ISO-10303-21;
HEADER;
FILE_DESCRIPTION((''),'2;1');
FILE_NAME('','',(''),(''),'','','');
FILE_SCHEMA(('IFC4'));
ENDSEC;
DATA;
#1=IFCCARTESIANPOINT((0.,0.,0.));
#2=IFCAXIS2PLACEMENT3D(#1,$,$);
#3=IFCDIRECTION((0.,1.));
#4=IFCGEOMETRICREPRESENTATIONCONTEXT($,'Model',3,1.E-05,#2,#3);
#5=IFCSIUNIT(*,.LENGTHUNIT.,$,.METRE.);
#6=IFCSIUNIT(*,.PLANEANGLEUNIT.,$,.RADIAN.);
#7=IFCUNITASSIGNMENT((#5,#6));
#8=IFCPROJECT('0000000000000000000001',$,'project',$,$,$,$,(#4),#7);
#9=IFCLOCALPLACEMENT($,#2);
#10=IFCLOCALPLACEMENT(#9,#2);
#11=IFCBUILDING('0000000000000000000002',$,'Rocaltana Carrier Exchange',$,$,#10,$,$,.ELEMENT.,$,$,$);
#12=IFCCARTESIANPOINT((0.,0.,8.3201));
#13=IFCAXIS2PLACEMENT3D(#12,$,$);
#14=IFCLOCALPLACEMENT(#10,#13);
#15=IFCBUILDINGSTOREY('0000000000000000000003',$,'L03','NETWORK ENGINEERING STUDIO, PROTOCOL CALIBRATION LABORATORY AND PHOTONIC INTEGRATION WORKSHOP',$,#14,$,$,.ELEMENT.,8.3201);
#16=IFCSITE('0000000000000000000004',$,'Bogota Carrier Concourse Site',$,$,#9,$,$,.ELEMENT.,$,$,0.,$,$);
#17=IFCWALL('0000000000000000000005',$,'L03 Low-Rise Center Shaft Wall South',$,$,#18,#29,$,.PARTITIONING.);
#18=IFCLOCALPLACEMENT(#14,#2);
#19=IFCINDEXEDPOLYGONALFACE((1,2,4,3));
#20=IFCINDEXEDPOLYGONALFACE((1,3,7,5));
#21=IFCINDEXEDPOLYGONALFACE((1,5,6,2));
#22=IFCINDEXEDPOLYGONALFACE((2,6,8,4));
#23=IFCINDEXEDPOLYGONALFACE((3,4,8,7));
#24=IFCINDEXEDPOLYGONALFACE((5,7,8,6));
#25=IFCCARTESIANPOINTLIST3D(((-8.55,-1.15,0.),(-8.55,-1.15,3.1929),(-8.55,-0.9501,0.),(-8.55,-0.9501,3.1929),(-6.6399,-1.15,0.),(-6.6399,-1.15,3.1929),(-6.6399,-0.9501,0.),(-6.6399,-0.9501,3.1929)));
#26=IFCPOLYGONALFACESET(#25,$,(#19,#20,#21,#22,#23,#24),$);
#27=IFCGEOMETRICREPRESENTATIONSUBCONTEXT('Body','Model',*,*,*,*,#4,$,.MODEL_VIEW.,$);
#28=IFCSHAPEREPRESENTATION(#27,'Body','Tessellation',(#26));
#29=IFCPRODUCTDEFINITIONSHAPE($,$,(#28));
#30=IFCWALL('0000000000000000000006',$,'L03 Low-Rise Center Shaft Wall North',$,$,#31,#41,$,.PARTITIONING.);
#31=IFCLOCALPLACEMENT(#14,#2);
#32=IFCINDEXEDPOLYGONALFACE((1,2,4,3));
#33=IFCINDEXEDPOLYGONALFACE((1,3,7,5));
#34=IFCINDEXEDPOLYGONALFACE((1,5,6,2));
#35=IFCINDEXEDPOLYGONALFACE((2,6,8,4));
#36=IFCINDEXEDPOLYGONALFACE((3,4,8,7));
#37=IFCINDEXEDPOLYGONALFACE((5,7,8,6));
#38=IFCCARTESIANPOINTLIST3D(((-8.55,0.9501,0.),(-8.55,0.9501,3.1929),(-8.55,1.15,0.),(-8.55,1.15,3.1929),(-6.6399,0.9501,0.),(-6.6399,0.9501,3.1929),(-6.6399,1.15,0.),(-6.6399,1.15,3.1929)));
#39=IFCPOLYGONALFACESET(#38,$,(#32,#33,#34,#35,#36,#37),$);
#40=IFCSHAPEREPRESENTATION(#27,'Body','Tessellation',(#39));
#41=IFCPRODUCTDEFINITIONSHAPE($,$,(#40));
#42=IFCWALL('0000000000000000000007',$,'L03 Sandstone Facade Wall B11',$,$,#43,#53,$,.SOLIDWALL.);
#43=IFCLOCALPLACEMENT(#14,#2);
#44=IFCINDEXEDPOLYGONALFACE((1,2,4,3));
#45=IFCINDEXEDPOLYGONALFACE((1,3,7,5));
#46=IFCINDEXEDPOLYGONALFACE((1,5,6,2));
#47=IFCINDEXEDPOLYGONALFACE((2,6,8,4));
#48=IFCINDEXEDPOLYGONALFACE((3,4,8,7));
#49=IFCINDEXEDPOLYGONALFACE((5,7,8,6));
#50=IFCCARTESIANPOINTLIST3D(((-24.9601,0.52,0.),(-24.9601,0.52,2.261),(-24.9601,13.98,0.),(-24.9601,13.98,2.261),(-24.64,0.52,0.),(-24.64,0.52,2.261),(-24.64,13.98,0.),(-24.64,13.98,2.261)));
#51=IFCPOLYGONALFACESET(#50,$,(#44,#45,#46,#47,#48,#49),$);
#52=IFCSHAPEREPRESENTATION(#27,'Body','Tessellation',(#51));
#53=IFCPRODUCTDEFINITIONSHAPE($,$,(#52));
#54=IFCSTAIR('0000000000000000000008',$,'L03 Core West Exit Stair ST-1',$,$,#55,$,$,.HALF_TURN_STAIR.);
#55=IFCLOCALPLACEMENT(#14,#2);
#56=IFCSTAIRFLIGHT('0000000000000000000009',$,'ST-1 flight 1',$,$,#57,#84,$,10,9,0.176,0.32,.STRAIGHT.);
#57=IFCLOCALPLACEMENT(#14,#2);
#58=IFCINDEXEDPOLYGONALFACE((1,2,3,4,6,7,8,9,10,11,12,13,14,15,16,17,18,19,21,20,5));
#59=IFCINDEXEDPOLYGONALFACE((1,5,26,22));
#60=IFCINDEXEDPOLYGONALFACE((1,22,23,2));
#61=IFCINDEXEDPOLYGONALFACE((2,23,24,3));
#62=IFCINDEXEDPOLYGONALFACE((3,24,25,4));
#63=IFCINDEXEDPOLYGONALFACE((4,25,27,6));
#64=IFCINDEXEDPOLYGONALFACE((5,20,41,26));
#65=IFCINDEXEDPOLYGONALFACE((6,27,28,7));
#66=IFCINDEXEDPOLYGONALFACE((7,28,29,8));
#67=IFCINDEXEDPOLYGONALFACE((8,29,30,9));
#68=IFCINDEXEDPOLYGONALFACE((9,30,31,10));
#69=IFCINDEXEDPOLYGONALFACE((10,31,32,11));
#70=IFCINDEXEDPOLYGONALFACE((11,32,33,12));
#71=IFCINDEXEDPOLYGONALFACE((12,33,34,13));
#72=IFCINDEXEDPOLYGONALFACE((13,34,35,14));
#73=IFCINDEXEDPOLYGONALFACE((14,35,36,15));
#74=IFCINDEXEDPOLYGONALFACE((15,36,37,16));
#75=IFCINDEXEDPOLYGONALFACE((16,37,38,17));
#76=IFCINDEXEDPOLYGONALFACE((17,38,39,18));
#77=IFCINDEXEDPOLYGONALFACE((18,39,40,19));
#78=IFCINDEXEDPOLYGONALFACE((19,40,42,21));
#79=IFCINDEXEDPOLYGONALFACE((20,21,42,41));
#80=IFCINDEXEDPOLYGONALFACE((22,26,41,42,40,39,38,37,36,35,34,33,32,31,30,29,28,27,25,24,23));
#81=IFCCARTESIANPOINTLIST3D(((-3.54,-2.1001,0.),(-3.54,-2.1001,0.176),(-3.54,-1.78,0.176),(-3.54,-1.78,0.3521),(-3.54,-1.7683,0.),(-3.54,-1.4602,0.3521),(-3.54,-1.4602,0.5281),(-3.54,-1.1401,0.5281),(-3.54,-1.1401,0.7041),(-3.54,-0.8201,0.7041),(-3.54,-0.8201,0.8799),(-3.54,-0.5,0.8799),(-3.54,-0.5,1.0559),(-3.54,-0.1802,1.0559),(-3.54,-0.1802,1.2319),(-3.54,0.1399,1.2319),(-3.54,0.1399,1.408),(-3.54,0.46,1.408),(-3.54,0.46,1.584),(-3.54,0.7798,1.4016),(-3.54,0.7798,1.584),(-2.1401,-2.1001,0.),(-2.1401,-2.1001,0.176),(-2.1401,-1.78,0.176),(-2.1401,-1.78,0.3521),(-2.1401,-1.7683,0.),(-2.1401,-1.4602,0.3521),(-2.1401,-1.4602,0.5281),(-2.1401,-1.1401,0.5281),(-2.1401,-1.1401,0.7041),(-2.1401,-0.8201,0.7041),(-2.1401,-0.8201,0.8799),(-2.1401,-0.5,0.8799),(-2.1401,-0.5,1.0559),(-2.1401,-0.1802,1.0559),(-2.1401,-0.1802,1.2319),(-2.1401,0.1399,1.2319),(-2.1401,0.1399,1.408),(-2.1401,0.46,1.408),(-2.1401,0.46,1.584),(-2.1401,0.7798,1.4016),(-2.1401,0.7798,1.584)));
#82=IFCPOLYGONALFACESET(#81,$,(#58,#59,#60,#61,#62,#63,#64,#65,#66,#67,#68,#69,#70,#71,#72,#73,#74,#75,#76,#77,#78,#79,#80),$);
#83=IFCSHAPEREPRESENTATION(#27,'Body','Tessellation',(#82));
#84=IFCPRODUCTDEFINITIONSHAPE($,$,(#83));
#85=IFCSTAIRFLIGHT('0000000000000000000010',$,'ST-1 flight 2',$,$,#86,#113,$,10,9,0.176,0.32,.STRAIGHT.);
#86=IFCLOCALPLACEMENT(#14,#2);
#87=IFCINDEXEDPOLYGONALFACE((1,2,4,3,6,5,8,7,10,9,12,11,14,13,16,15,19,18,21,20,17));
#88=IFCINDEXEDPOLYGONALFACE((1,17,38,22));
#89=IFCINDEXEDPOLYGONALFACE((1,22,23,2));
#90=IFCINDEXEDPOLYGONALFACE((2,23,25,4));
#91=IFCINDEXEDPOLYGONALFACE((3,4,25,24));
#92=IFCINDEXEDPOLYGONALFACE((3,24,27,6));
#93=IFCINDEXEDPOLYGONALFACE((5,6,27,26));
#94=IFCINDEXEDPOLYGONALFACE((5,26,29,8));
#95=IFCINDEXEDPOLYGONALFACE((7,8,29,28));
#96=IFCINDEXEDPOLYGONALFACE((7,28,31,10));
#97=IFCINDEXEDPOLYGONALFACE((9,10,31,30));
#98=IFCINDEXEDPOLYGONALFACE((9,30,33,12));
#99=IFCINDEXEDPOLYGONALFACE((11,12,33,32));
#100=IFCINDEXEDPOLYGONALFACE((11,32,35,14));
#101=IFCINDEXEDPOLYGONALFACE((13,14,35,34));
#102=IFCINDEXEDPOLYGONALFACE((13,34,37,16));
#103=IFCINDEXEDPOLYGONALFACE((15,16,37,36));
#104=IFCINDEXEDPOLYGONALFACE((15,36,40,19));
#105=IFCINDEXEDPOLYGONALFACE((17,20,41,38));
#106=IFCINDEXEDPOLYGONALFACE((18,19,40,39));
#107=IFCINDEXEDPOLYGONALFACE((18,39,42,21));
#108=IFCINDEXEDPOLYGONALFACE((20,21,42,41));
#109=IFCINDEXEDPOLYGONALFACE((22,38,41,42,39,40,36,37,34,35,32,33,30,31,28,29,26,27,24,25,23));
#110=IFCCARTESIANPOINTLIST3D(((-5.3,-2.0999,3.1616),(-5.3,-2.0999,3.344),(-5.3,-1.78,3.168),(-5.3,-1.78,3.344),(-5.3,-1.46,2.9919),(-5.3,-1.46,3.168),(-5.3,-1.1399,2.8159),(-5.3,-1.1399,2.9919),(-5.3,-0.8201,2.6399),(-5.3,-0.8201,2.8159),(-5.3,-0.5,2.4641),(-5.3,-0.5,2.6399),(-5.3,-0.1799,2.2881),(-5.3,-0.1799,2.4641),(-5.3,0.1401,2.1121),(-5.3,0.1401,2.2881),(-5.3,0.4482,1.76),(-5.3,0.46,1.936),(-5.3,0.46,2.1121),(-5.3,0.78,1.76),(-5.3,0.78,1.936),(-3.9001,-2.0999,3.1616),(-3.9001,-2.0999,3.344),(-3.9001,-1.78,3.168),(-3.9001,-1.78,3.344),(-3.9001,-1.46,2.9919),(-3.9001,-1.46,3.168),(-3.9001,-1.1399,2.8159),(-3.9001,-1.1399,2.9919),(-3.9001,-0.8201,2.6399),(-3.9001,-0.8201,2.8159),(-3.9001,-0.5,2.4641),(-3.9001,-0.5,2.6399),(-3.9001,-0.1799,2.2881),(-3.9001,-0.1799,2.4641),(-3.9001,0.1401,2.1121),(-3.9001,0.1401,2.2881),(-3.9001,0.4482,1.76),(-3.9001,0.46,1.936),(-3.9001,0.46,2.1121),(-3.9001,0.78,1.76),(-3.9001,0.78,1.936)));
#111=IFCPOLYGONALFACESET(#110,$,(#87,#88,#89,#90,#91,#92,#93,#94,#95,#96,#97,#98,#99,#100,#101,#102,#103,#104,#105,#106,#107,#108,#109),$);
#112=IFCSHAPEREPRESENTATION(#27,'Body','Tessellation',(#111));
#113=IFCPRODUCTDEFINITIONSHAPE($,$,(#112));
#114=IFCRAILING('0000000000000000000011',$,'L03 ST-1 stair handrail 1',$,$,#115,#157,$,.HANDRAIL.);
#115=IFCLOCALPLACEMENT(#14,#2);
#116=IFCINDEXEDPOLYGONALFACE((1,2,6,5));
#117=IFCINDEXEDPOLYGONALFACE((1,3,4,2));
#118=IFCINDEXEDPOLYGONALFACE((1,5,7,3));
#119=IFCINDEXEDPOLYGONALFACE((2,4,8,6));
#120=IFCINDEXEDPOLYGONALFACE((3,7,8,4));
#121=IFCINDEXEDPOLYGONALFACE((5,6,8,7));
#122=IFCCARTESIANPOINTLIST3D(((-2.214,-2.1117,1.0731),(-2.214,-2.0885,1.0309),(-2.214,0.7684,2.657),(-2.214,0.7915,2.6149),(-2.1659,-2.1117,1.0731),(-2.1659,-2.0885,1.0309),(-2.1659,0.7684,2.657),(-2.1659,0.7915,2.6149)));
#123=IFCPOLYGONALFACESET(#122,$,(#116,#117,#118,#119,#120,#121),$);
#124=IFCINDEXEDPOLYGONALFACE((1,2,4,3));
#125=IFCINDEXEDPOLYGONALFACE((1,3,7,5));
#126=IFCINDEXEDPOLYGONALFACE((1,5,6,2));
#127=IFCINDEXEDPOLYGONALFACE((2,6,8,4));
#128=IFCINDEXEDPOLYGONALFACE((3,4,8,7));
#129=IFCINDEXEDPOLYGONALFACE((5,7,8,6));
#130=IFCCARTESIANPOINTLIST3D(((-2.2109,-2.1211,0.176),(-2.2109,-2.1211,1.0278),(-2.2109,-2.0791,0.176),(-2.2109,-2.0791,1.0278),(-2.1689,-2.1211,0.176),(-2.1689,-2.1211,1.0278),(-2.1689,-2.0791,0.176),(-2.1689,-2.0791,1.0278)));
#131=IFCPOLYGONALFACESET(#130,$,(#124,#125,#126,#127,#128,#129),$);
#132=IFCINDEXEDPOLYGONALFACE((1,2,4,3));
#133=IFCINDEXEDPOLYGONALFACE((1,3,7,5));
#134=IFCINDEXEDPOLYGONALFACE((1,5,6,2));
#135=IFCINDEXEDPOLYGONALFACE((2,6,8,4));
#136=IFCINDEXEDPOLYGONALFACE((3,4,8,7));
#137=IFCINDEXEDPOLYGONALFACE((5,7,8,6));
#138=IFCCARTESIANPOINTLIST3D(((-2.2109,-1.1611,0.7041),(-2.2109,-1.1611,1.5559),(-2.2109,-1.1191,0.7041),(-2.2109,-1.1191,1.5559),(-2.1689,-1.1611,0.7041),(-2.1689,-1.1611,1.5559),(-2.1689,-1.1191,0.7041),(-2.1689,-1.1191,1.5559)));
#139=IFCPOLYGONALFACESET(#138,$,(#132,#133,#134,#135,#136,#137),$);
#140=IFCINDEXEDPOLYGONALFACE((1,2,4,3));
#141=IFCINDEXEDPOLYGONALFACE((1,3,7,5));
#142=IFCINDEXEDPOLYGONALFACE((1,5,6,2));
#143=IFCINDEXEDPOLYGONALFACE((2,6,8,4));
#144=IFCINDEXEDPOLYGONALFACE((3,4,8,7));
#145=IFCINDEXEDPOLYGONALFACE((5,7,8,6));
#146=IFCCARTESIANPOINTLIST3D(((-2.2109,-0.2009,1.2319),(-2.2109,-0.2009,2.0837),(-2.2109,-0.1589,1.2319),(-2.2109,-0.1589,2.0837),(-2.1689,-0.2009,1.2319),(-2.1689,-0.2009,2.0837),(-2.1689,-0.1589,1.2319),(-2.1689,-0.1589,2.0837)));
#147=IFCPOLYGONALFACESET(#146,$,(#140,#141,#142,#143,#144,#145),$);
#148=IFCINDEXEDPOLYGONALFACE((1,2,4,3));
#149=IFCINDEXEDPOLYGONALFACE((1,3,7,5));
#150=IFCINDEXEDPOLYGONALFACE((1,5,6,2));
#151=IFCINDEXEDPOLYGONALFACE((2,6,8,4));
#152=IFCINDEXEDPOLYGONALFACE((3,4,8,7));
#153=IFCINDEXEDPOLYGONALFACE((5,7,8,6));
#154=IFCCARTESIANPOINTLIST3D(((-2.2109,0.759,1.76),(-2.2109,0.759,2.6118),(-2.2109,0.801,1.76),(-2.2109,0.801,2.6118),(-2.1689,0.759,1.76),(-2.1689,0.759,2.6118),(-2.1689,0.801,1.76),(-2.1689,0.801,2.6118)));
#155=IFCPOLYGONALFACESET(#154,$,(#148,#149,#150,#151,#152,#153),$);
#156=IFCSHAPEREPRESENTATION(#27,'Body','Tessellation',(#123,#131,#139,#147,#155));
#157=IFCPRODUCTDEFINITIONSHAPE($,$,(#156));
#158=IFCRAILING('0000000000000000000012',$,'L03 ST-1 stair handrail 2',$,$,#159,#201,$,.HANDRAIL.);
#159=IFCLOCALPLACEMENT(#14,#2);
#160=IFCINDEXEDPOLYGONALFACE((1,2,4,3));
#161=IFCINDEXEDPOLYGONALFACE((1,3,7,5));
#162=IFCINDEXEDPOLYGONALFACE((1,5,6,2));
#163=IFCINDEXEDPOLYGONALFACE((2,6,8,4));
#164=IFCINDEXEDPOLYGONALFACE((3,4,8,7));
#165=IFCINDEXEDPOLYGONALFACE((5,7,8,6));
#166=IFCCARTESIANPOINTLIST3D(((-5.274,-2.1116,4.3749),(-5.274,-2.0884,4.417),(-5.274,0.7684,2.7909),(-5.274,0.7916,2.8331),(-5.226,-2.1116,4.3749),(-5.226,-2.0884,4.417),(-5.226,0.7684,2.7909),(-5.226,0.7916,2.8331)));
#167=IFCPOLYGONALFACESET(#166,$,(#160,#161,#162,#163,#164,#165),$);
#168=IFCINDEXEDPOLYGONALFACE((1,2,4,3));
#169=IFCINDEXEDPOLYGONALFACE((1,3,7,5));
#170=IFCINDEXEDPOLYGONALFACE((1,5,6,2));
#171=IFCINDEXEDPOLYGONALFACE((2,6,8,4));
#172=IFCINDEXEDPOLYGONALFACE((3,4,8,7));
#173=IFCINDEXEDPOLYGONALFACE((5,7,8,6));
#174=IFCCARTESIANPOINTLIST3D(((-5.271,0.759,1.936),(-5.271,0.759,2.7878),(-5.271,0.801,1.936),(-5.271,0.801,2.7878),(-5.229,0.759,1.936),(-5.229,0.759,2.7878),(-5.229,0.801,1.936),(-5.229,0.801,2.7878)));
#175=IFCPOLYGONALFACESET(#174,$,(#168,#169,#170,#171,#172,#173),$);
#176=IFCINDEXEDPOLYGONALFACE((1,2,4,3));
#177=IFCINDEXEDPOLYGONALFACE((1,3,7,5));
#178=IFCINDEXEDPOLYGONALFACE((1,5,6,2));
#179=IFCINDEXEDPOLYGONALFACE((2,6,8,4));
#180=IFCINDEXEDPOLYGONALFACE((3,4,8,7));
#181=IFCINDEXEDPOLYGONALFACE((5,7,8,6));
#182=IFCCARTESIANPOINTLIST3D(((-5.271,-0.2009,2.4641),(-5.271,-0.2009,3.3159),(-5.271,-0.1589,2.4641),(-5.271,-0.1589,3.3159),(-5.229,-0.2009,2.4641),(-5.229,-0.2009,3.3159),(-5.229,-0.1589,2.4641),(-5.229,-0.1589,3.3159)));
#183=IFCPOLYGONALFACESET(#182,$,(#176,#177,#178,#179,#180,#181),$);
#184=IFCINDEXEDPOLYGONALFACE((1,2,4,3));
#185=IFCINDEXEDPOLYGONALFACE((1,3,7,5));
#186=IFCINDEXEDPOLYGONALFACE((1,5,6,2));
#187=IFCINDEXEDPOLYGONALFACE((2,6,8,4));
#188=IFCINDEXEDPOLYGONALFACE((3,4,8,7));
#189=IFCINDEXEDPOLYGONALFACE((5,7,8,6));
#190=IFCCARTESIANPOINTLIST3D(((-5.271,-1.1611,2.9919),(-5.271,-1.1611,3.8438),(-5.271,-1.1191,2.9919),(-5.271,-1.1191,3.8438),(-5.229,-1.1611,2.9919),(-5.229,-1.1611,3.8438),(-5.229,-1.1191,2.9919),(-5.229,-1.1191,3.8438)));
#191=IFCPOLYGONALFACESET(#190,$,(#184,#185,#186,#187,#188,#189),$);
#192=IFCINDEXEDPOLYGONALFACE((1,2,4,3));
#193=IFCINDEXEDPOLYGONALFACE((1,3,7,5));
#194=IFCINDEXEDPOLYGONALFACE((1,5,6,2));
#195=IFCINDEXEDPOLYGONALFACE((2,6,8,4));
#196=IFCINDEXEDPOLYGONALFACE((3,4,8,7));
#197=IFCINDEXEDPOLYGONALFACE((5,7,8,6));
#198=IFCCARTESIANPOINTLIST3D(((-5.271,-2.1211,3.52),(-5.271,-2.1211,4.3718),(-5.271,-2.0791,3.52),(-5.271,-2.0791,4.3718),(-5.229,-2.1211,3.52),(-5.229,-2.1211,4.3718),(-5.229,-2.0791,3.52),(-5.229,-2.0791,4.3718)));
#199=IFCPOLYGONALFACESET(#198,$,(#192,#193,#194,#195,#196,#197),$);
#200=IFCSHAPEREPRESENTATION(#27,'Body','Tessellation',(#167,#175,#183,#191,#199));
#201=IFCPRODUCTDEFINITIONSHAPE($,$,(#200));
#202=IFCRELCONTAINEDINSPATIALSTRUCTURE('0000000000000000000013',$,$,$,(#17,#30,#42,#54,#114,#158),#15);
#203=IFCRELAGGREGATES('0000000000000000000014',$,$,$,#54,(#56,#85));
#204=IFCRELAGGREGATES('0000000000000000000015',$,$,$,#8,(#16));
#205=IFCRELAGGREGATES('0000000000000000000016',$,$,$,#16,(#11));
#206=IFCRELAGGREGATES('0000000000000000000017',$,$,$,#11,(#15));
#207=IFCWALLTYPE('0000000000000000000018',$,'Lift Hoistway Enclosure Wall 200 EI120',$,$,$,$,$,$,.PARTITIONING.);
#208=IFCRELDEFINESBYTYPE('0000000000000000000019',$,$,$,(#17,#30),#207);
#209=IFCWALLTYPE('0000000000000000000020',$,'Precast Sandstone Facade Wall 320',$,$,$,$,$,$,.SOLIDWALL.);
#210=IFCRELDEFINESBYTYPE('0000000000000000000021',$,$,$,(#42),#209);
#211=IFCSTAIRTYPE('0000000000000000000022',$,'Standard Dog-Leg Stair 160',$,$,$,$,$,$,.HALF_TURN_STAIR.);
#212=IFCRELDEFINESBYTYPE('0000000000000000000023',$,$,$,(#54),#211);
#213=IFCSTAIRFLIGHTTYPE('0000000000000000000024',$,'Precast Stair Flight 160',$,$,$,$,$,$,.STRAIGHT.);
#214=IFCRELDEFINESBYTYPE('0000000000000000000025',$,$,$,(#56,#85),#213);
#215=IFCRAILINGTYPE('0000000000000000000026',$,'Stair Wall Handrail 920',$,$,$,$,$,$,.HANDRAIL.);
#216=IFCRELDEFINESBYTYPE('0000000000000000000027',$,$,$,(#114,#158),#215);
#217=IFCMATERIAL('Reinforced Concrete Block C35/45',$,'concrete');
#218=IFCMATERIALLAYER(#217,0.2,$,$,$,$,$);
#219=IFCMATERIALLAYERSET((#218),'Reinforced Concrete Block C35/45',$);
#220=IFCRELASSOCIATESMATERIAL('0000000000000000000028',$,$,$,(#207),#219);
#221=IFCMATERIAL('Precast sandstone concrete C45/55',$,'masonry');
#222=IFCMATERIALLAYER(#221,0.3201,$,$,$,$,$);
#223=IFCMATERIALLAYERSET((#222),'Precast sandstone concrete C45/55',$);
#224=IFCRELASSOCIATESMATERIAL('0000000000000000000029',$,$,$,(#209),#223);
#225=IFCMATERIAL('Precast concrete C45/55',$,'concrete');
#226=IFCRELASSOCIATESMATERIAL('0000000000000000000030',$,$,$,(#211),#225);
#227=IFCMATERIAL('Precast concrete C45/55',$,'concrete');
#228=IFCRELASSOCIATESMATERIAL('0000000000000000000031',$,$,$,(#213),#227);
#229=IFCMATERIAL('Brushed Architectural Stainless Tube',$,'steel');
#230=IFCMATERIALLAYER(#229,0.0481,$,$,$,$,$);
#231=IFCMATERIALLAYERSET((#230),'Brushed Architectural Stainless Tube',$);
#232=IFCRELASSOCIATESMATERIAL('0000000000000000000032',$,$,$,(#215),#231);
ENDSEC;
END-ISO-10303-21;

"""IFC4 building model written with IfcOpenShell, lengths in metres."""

from ifc_helpers import new_model, si_unit, direction, frame, frame_2d, origin, origin_2d, place, context, subcontext, project, spatial, polyline, rectangle, outline, extrude, material, layer, layer_set, type_object, element, aggregate, save


model = new_model("IFC4")

# Units and contexts
model_context = context("Model", 3, precision=1e-05, world=origin(), true_north=direction((0.0, 1.0)))
body_context = subcontext(model_context, "Body", "Model", "MODEL_VIEW")
ifc_project = project(units=[si_unit("LENGTHUNIT", "METRE"), si_unit("PLANEANGLEUNIT", "RADIAN")], contexts=[model_context])

# Site, building, storey
site_placement = place(None, origin())
site = spatial("IfcSite", under=ifc_project, at=site_placement, Name="Bogota Carrier Concourse Site", CompositionType="ELEMENT", RefElevation=0.0)
building_placement = place(site_placement, origin())
building = spatial("IfcBuilding", under=site, at=building_placement, Name="Rocaltana Carrier Exchange", CompositionType="ELEMENT")
storey_placement = place(building_placement, frame((0.0, 0.0, 8.3201)))
storey = spatial("IfcBuildingStorey", under=building, at=storey_placement, Name="L03", Description="NETWORK ENGINEERING STUDIO, PROTOCOL CALIBRATION LABORATORY AND PHOTONIC INTEGRATION WORKSHOP", CompositionType="ELEMENT", Elevation=8.3201)

# Walls
ifc_material_1 = material(Name="Reinforced Concrete Block C35/45", Category="concrete")
ifc_layer_1 = layer(ifc_material_1, 0.2)
ifc_layer_set_1 = layer_set([ifc_layer_1], Name="Reinforced Concrete Block C35/45")
wall_type_1 = type_object("IfcWallType", Name="Lift Hoistway Enclosure Wall 200 EI120", PredefinedType="PARTITIONING", material=ifc_layer_set_1)
for number, where, z_axis, x_axis, name in (
    (1, (-8.55, -1.05, 0.0), (0.0, 0.0, 1.0), (1.0, 0.0, 0.0), "L03 Low-Rise Center Shaft Wall South"),
    (2, (-8.55, 1.05, 0.0), (0.0, 0.0, 1.0), (1.0, 0.0, 0.0), "L03 Low-Rise Center Shaft Wall North"),
):
    element("IfcWall", number, at=place(storey_placement, frame(where, z_axis=z_axis, x_axis=x_axis)), inside=storey, type_object=wall_type_1, Name=name, PredefinedType="PARTITIONING", context=body_context, shape_type="SweptSolid", body=[
        extrude(rectangle(XDim=1.9102, YDim=0.2, at=frame_2d((0.9551, 0.0))), origin(), (0.0, 0.0, 1.0), 3.1929),
    ])
ifc_material_2 = material(Name="Precast sandstone concrete C45/55", Category="masonry")
ifc_layer_2 = layer(ifc_material_2, 0.3201)
ifc_layer_set_2 = layer_set([ifc_layer_2], Name="Precast sandstone concrete C45/55")
wall_type_2 = type_object("IfcWallType", Name="Precast Sandstone Facade Wall 320", PredefinedType="SOLIDWALL", material=ifc_layer_set_2)
wall_1_placement = place(storey_placement, frame((-24.8, 0.52, 0.0), z_axis=(0.0, 0.0, 1.0), x_axis=(0.0, 1.0, 0.0)))
element("IfcWall", 3, at=wall_1_placement, inside=storey, type_object=wall_type_2, Name="L03 Sandstone Facade Wall B11", PredefinedType="SOLIDWALL", context=body_context, shape_type="SweptSolid", body=[
    extrude(rectangle(XDim=13.46, YDim=0.3201, at=frame_2d((6.73, 0.0))), origin(), (0.0, 0.0, 1.0), 2.261),
])

# Stair, stair flights
ifc_material_3 = material(Name="Precast concrete C45/55", Category="concrete")
stair_type = type_object("IfcStairType", Name="Standard Dog-Leg Stair 160", PredefinedType="HALF_TURN_STAIR", material=ifc_material_3)
stair_placement = place(storey_placement, origin())
stair = element("IfcStair", 4, at=stair_placement, inside=storey, type_object=stair_type, Name="L03 Core West Exit Stair ST-1", PredefinedType="HALF_TURN_STAIR")
ifc_material_4 = material(Name="Precast concrete C45/55", Category="concrete")
stair_flight_type = type_object("IfcStairFlightType", Name="Precast Stair Flight 160", PredefinedType="STRAIGHT", material=ifc_material_4)
stair_flight_1_placement = place(storey_placement, frame((-2.8401, -2.1001, 0.0), z_axis=(0.0, 0.0, 1.0), x_axis=(0.0, 1.0, 0.0)))
stair_flight_1 = element("IfcStairFlight", 5, at=stair_flight_1_placement, type_object=stair_flight_type, Name="ST-1 flight 1", NumberOfRisers=10, NumberOfTreads=9, PredefinedType="STRAIGHT", RiserHeight=0.176, TreadLength=0.32, context=body_context, shape_type="SweptSolid", body=[
    extrude(outline(polyline([(0.0, 0.0), (0.0, 0.176), (0.3201, 0.176), (0.3201, 0.3521), (0.6399, 0.3521), (0.6399, 0.5281), (0.96, 0.5281), (0.96, 0.7041), (1.28, 0.7041), (1.28, 0.8799), (1.6001, 0.8799), (1.6001, 1.0559), (1.9199, 1.0559), (1.9199, 1.2319), (2.24, 1.2319), (2.24, 1.408), (2.5601, 1.408), (2.5601, 1.584), (2.8799, 1.584), (2.8799, 1.76), (2.8799, 1.4016), (0.3318, 0.0), (0.0, 0.0)])), frame((0.0, 0.7, 0.0), z_axis=(0.0, -1.0, 0.0), x_axis=(1.0, 0.0, 0.0)), (0.0, 0.0, 1.0), 1.3999),
])
stair_flight_2_placement = place(storey_placement, frame((-4.6001, 0.78, 1.76), z_axis=(0.0, 0.0, 1.0), x_axis=(0.0, -1.0, 0.0)))
stair_flight_2 = element("IfcStairFlight", 6, at=stair_flight_2_placement, type_object=stair_flight_type, Name="ST-1 flight 2", NumberOfRisers=10, NumberOfTreads=9, PredefinedType="STRAIGHT", RiserHeight=0.176, TreadLength=0.32, context=body_context, shape_type="SweptSolid", body=[
    extrude(outline(polyline([(0.0, 0.0), (0.0, 0.176), (0.3201, 0.176), (0.3201, 0.3521), (0.6399, 0.3521), (0.6399, 0.5281), (0.96, 0.5281), (0.96, 0.7041), (1.28, 0.7041), (1.28, 0.8799), (1.6001, 0.8799), (1.6001, 1.0559), (1.9199, 1.0559), (1.9199, 1.2319), (2.24, 1.2319), (2.24, 1.408), (2.5601, 1.408), (2.5601, 1.584), (2.8799, 1.584), (2.8799, 1.76), (2.8799, 1.4016), (0.3318, 0.0), (0.0, 0.0)])), frame((0.0, 0.7, 0.0), z_axis=(0.0, -1.0, 0.0), x_axis=(1.0, 0.0, 0.0)), (0.0, 0.0, 1.0), 1.3999),
])
aggregate(stair, [stair_flight_1, stair_flight_2])

# Railings
ifc_material_5 = material(Name="Brushed Architectural Stainless Tube", Category="steel")
ifc_layer_3 = layer(ifc_material_5, 0.0481)
ifc_layer_set_3 = layer_set([ifc_layer_3], Name="Brushed Architectural Stainless Tube")
railing_type_1 = type_object("IfcRailingType", Name="Stair Wall Handrail 920", PredefinedType="HANDRAIL", material=ifc_layer_set_3)
railing_1_placement = place(storey_placement, frame((-2.1899, -2.1001, 0.176)))
element("IfcRailing", 7, at=railing_1_placement, inside=storey, type_object=railing_type_1, Name="L03 ST-1 stair handrail 1", PredefinedType="HANDRAIL", context=body_context, shape_type="SweptSolid", body=[
    extrude(rectangle(XDim=0.0481, YDim=0.0481, at=origin_2d()), frame((0.0, 0.0, 0.876), z_axis=(0.0, 0.876227, 0.481899), x_axis=(-1.0, 0.0, 0.0)), (0.0, 0.0, 1.0), 3.2869),
    extrude(rectangle(XDim=0.042, YDim=0.042, at=origin_2d()), origin(), (0.0, 0.0, 1.0), 0.8518),
    extrude(rectangle(XDim=0.042, YDim=0.042, at=origin_2d()), frame((0.0, 0.96, 0.5281)), (0.0, 0.0, 1.0), 0.8518),
    extrude(rectangle(XDim=0.042, YDim=0.042, at=origin_2d()), frame((0.0, 1.9202, 1.0559)), (0.0, 0.0, 1.0), 0.8518),
    extrude(rectangle(XDim=0.042, YDim=0.042, at=origin_2d()), frame((0.0, 2.8801, 1.584)), (0.0, 0.0, 1.0), 0.8518),
])
railing_2_placement = place(storey_placement, frame((-5.25, 0.78, 1.936)))
element("IfcRailing", 8, at=railing_2_placement, inside=storey, type_object=railing_type_1, Name="L03 ST-1 stair handrail 2", PredefinedType="HANDRAIL", context=body_context, shape_type="SweptSolid", body=[
    extrude(rectangle(XDim=0.0481, YDim=0.0481, at=origin_2d()), frame((0.0, 0.0, 0.876), z_axis=(0.0, -0.876227, 0.481899), x_axis=(1.0, 0.0, 0.0)), (0.0, 0.0, 1.0), 3.2869),
    extrude(rectangle(XDim=0.042, YDim=0.042, at=origin_2d()), origin(), (0.0, 0.0, 1.0), 0.8518),
    extrude(rectangle(XDim=0.042, YDim=0.042, at=origin_2d()), frame((0.0, -0.96, 0.5281)), (0.0, 0.0, 1.0), 0.8518),
    extrude(rectangle(XDim=0.042, YDim=0.042, at=origin_2d()), frame((0.0, -1.9202, 1.0559)), (0.0, 0.0, 1.0), 0.8518),
    extrude(rectangle(XDim=0.042, YDim=0.042, at=origin_2d()), frame((0.0, -2.8801, 1.584)), (0.0, 0.0, 1.0), 0.8518),
])

save(model, "model.ifc")
